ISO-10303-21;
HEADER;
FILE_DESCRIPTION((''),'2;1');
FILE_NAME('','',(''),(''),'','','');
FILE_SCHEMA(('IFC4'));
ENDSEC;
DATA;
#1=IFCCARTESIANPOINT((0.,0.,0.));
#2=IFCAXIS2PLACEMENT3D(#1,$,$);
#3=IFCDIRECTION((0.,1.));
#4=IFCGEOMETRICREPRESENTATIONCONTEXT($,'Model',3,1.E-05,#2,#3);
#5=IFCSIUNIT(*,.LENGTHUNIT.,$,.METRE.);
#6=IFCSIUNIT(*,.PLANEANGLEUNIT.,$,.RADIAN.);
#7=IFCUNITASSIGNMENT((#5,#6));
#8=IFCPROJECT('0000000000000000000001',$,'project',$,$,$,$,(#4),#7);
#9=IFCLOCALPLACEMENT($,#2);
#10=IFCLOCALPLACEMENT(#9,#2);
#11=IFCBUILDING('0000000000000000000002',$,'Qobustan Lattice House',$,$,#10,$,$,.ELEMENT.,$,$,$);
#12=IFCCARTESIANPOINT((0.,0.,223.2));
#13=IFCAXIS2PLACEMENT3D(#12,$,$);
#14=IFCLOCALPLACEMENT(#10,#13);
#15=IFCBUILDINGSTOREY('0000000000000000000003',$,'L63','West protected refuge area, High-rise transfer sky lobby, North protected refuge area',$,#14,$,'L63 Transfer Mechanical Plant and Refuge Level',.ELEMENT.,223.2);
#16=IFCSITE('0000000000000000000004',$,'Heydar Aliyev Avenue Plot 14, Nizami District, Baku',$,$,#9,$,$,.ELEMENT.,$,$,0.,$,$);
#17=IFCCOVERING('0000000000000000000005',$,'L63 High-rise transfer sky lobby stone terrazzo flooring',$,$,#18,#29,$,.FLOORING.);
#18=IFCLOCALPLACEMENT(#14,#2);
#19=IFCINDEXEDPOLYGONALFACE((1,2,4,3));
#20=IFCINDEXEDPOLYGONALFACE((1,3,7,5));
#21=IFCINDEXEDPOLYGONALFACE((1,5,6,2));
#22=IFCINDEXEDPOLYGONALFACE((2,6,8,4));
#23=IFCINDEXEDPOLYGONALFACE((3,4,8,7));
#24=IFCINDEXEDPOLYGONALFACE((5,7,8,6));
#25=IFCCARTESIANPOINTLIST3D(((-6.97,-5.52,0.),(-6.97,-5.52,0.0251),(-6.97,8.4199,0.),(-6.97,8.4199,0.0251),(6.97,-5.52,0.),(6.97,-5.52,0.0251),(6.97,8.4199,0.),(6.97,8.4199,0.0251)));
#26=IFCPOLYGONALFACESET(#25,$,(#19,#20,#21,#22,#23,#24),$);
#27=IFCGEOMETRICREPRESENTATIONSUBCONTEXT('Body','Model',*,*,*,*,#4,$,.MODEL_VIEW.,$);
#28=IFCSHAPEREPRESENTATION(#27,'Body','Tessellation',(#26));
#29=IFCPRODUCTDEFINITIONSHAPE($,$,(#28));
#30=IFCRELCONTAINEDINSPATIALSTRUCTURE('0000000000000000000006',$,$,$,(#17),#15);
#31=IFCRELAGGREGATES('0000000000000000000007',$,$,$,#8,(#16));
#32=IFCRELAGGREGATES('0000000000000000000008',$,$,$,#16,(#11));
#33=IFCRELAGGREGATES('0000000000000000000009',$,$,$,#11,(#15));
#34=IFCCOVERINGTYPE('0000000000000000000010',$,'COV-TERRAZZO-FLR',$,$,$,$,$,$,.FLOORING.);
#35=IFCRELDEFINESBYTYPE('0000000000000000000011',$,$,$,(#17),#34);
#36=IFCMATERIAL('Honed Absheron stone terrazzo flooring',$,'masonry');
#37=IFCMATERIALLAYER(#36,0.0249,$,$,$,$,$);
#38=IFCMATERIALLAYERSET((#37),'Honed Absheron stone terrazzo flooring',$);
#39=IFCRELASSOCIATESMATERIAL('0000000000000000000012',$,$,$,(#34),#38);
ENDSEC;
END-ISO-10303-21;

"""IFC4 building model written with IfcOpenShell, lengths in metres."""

from ifc_helpers import new_model, si_unit, direction, frame, origin, place, context, subcontext, project, spatial, polyline, outline, extrude, material, layer, layer_set, type_object, element, save


model = new_model("IFC4")

# Units and contexts
model_context = context("Model", 3, precision=1e-05, world=origin(), true_north=direction((0.0, 1.0)))
body_context = subcontext(model_context, "Body", "Model", "MODEL_VIEW")
ifc_project = project(units=[si_unit("LENGTHUNIT", "METRE"), si_unit("PLANEANGLEUNIT", "RADIAN")], contexts=[model_context])

# Site, building, storey
site_placement = place(None, origin())
site = spatial("IfcSite", under=ifc_project, at=site_placement, Name="Heydar Aliyev Avenue Plot 14, Nizami District, Baku", CompositionType="ELEMENT", RefElevation=0.0)
building_placement = place(site_placement, origin())
building = spatial("IfcBuilding", under=site, at=building_placement, Name="Qobustan Lattice House", CompositionType="ELEMENT")
storey_placement = place(building_placement, frame((0.0, 0.0, 223.2)))
storey = spatial("IfcBuildingStorey", under=building, at=storey_placement, Name="L63", Description="West protected refuge area, High-rise transfer sky lobby, North protected refuge area", LongName="L63 Transfer Mechanical Plant and Refuge Level", CompositionType="ELEMENT", Elevation=223.2)

# Covering
ifc_material_1 = material(Name="Honed Absheron stone terrazzo flooring", Category="masonry")
ifc_layer_1 = layer(ifc_material_1, 0.0249)
ifc_layer_set_1 = layer_set([ifc_layer_1], Name="Honed Absheron stone terrazzo flooring")
covering_type_1 = type_object("IfcCoveringType", Name="COV-TERRAZZO-FLR", PredefinedType="FLOORING", material=ifc_layer_set_1)
covering_1_placement = place(storey_placement, origin())
element("IfcCovering", 1, at=covering_1_placement, inside=storey, type_object=covering_type_1, Name="L63 High-rise transfer sky lobby stone terrazzo flooring", PredefinedType="FLOORING", context=body_context, shape_type="SweptSolid", body=[
    extrude(outline(polyline([(6.97, -5.52), (6.97, 8.4199), (-6.97, 8.4199), (-6.97, -5.52), (6.97, -5.52)])), origin(), (0.0, 0.0, 1.0), 0.0251),
])

save(model, "model.ifc")
